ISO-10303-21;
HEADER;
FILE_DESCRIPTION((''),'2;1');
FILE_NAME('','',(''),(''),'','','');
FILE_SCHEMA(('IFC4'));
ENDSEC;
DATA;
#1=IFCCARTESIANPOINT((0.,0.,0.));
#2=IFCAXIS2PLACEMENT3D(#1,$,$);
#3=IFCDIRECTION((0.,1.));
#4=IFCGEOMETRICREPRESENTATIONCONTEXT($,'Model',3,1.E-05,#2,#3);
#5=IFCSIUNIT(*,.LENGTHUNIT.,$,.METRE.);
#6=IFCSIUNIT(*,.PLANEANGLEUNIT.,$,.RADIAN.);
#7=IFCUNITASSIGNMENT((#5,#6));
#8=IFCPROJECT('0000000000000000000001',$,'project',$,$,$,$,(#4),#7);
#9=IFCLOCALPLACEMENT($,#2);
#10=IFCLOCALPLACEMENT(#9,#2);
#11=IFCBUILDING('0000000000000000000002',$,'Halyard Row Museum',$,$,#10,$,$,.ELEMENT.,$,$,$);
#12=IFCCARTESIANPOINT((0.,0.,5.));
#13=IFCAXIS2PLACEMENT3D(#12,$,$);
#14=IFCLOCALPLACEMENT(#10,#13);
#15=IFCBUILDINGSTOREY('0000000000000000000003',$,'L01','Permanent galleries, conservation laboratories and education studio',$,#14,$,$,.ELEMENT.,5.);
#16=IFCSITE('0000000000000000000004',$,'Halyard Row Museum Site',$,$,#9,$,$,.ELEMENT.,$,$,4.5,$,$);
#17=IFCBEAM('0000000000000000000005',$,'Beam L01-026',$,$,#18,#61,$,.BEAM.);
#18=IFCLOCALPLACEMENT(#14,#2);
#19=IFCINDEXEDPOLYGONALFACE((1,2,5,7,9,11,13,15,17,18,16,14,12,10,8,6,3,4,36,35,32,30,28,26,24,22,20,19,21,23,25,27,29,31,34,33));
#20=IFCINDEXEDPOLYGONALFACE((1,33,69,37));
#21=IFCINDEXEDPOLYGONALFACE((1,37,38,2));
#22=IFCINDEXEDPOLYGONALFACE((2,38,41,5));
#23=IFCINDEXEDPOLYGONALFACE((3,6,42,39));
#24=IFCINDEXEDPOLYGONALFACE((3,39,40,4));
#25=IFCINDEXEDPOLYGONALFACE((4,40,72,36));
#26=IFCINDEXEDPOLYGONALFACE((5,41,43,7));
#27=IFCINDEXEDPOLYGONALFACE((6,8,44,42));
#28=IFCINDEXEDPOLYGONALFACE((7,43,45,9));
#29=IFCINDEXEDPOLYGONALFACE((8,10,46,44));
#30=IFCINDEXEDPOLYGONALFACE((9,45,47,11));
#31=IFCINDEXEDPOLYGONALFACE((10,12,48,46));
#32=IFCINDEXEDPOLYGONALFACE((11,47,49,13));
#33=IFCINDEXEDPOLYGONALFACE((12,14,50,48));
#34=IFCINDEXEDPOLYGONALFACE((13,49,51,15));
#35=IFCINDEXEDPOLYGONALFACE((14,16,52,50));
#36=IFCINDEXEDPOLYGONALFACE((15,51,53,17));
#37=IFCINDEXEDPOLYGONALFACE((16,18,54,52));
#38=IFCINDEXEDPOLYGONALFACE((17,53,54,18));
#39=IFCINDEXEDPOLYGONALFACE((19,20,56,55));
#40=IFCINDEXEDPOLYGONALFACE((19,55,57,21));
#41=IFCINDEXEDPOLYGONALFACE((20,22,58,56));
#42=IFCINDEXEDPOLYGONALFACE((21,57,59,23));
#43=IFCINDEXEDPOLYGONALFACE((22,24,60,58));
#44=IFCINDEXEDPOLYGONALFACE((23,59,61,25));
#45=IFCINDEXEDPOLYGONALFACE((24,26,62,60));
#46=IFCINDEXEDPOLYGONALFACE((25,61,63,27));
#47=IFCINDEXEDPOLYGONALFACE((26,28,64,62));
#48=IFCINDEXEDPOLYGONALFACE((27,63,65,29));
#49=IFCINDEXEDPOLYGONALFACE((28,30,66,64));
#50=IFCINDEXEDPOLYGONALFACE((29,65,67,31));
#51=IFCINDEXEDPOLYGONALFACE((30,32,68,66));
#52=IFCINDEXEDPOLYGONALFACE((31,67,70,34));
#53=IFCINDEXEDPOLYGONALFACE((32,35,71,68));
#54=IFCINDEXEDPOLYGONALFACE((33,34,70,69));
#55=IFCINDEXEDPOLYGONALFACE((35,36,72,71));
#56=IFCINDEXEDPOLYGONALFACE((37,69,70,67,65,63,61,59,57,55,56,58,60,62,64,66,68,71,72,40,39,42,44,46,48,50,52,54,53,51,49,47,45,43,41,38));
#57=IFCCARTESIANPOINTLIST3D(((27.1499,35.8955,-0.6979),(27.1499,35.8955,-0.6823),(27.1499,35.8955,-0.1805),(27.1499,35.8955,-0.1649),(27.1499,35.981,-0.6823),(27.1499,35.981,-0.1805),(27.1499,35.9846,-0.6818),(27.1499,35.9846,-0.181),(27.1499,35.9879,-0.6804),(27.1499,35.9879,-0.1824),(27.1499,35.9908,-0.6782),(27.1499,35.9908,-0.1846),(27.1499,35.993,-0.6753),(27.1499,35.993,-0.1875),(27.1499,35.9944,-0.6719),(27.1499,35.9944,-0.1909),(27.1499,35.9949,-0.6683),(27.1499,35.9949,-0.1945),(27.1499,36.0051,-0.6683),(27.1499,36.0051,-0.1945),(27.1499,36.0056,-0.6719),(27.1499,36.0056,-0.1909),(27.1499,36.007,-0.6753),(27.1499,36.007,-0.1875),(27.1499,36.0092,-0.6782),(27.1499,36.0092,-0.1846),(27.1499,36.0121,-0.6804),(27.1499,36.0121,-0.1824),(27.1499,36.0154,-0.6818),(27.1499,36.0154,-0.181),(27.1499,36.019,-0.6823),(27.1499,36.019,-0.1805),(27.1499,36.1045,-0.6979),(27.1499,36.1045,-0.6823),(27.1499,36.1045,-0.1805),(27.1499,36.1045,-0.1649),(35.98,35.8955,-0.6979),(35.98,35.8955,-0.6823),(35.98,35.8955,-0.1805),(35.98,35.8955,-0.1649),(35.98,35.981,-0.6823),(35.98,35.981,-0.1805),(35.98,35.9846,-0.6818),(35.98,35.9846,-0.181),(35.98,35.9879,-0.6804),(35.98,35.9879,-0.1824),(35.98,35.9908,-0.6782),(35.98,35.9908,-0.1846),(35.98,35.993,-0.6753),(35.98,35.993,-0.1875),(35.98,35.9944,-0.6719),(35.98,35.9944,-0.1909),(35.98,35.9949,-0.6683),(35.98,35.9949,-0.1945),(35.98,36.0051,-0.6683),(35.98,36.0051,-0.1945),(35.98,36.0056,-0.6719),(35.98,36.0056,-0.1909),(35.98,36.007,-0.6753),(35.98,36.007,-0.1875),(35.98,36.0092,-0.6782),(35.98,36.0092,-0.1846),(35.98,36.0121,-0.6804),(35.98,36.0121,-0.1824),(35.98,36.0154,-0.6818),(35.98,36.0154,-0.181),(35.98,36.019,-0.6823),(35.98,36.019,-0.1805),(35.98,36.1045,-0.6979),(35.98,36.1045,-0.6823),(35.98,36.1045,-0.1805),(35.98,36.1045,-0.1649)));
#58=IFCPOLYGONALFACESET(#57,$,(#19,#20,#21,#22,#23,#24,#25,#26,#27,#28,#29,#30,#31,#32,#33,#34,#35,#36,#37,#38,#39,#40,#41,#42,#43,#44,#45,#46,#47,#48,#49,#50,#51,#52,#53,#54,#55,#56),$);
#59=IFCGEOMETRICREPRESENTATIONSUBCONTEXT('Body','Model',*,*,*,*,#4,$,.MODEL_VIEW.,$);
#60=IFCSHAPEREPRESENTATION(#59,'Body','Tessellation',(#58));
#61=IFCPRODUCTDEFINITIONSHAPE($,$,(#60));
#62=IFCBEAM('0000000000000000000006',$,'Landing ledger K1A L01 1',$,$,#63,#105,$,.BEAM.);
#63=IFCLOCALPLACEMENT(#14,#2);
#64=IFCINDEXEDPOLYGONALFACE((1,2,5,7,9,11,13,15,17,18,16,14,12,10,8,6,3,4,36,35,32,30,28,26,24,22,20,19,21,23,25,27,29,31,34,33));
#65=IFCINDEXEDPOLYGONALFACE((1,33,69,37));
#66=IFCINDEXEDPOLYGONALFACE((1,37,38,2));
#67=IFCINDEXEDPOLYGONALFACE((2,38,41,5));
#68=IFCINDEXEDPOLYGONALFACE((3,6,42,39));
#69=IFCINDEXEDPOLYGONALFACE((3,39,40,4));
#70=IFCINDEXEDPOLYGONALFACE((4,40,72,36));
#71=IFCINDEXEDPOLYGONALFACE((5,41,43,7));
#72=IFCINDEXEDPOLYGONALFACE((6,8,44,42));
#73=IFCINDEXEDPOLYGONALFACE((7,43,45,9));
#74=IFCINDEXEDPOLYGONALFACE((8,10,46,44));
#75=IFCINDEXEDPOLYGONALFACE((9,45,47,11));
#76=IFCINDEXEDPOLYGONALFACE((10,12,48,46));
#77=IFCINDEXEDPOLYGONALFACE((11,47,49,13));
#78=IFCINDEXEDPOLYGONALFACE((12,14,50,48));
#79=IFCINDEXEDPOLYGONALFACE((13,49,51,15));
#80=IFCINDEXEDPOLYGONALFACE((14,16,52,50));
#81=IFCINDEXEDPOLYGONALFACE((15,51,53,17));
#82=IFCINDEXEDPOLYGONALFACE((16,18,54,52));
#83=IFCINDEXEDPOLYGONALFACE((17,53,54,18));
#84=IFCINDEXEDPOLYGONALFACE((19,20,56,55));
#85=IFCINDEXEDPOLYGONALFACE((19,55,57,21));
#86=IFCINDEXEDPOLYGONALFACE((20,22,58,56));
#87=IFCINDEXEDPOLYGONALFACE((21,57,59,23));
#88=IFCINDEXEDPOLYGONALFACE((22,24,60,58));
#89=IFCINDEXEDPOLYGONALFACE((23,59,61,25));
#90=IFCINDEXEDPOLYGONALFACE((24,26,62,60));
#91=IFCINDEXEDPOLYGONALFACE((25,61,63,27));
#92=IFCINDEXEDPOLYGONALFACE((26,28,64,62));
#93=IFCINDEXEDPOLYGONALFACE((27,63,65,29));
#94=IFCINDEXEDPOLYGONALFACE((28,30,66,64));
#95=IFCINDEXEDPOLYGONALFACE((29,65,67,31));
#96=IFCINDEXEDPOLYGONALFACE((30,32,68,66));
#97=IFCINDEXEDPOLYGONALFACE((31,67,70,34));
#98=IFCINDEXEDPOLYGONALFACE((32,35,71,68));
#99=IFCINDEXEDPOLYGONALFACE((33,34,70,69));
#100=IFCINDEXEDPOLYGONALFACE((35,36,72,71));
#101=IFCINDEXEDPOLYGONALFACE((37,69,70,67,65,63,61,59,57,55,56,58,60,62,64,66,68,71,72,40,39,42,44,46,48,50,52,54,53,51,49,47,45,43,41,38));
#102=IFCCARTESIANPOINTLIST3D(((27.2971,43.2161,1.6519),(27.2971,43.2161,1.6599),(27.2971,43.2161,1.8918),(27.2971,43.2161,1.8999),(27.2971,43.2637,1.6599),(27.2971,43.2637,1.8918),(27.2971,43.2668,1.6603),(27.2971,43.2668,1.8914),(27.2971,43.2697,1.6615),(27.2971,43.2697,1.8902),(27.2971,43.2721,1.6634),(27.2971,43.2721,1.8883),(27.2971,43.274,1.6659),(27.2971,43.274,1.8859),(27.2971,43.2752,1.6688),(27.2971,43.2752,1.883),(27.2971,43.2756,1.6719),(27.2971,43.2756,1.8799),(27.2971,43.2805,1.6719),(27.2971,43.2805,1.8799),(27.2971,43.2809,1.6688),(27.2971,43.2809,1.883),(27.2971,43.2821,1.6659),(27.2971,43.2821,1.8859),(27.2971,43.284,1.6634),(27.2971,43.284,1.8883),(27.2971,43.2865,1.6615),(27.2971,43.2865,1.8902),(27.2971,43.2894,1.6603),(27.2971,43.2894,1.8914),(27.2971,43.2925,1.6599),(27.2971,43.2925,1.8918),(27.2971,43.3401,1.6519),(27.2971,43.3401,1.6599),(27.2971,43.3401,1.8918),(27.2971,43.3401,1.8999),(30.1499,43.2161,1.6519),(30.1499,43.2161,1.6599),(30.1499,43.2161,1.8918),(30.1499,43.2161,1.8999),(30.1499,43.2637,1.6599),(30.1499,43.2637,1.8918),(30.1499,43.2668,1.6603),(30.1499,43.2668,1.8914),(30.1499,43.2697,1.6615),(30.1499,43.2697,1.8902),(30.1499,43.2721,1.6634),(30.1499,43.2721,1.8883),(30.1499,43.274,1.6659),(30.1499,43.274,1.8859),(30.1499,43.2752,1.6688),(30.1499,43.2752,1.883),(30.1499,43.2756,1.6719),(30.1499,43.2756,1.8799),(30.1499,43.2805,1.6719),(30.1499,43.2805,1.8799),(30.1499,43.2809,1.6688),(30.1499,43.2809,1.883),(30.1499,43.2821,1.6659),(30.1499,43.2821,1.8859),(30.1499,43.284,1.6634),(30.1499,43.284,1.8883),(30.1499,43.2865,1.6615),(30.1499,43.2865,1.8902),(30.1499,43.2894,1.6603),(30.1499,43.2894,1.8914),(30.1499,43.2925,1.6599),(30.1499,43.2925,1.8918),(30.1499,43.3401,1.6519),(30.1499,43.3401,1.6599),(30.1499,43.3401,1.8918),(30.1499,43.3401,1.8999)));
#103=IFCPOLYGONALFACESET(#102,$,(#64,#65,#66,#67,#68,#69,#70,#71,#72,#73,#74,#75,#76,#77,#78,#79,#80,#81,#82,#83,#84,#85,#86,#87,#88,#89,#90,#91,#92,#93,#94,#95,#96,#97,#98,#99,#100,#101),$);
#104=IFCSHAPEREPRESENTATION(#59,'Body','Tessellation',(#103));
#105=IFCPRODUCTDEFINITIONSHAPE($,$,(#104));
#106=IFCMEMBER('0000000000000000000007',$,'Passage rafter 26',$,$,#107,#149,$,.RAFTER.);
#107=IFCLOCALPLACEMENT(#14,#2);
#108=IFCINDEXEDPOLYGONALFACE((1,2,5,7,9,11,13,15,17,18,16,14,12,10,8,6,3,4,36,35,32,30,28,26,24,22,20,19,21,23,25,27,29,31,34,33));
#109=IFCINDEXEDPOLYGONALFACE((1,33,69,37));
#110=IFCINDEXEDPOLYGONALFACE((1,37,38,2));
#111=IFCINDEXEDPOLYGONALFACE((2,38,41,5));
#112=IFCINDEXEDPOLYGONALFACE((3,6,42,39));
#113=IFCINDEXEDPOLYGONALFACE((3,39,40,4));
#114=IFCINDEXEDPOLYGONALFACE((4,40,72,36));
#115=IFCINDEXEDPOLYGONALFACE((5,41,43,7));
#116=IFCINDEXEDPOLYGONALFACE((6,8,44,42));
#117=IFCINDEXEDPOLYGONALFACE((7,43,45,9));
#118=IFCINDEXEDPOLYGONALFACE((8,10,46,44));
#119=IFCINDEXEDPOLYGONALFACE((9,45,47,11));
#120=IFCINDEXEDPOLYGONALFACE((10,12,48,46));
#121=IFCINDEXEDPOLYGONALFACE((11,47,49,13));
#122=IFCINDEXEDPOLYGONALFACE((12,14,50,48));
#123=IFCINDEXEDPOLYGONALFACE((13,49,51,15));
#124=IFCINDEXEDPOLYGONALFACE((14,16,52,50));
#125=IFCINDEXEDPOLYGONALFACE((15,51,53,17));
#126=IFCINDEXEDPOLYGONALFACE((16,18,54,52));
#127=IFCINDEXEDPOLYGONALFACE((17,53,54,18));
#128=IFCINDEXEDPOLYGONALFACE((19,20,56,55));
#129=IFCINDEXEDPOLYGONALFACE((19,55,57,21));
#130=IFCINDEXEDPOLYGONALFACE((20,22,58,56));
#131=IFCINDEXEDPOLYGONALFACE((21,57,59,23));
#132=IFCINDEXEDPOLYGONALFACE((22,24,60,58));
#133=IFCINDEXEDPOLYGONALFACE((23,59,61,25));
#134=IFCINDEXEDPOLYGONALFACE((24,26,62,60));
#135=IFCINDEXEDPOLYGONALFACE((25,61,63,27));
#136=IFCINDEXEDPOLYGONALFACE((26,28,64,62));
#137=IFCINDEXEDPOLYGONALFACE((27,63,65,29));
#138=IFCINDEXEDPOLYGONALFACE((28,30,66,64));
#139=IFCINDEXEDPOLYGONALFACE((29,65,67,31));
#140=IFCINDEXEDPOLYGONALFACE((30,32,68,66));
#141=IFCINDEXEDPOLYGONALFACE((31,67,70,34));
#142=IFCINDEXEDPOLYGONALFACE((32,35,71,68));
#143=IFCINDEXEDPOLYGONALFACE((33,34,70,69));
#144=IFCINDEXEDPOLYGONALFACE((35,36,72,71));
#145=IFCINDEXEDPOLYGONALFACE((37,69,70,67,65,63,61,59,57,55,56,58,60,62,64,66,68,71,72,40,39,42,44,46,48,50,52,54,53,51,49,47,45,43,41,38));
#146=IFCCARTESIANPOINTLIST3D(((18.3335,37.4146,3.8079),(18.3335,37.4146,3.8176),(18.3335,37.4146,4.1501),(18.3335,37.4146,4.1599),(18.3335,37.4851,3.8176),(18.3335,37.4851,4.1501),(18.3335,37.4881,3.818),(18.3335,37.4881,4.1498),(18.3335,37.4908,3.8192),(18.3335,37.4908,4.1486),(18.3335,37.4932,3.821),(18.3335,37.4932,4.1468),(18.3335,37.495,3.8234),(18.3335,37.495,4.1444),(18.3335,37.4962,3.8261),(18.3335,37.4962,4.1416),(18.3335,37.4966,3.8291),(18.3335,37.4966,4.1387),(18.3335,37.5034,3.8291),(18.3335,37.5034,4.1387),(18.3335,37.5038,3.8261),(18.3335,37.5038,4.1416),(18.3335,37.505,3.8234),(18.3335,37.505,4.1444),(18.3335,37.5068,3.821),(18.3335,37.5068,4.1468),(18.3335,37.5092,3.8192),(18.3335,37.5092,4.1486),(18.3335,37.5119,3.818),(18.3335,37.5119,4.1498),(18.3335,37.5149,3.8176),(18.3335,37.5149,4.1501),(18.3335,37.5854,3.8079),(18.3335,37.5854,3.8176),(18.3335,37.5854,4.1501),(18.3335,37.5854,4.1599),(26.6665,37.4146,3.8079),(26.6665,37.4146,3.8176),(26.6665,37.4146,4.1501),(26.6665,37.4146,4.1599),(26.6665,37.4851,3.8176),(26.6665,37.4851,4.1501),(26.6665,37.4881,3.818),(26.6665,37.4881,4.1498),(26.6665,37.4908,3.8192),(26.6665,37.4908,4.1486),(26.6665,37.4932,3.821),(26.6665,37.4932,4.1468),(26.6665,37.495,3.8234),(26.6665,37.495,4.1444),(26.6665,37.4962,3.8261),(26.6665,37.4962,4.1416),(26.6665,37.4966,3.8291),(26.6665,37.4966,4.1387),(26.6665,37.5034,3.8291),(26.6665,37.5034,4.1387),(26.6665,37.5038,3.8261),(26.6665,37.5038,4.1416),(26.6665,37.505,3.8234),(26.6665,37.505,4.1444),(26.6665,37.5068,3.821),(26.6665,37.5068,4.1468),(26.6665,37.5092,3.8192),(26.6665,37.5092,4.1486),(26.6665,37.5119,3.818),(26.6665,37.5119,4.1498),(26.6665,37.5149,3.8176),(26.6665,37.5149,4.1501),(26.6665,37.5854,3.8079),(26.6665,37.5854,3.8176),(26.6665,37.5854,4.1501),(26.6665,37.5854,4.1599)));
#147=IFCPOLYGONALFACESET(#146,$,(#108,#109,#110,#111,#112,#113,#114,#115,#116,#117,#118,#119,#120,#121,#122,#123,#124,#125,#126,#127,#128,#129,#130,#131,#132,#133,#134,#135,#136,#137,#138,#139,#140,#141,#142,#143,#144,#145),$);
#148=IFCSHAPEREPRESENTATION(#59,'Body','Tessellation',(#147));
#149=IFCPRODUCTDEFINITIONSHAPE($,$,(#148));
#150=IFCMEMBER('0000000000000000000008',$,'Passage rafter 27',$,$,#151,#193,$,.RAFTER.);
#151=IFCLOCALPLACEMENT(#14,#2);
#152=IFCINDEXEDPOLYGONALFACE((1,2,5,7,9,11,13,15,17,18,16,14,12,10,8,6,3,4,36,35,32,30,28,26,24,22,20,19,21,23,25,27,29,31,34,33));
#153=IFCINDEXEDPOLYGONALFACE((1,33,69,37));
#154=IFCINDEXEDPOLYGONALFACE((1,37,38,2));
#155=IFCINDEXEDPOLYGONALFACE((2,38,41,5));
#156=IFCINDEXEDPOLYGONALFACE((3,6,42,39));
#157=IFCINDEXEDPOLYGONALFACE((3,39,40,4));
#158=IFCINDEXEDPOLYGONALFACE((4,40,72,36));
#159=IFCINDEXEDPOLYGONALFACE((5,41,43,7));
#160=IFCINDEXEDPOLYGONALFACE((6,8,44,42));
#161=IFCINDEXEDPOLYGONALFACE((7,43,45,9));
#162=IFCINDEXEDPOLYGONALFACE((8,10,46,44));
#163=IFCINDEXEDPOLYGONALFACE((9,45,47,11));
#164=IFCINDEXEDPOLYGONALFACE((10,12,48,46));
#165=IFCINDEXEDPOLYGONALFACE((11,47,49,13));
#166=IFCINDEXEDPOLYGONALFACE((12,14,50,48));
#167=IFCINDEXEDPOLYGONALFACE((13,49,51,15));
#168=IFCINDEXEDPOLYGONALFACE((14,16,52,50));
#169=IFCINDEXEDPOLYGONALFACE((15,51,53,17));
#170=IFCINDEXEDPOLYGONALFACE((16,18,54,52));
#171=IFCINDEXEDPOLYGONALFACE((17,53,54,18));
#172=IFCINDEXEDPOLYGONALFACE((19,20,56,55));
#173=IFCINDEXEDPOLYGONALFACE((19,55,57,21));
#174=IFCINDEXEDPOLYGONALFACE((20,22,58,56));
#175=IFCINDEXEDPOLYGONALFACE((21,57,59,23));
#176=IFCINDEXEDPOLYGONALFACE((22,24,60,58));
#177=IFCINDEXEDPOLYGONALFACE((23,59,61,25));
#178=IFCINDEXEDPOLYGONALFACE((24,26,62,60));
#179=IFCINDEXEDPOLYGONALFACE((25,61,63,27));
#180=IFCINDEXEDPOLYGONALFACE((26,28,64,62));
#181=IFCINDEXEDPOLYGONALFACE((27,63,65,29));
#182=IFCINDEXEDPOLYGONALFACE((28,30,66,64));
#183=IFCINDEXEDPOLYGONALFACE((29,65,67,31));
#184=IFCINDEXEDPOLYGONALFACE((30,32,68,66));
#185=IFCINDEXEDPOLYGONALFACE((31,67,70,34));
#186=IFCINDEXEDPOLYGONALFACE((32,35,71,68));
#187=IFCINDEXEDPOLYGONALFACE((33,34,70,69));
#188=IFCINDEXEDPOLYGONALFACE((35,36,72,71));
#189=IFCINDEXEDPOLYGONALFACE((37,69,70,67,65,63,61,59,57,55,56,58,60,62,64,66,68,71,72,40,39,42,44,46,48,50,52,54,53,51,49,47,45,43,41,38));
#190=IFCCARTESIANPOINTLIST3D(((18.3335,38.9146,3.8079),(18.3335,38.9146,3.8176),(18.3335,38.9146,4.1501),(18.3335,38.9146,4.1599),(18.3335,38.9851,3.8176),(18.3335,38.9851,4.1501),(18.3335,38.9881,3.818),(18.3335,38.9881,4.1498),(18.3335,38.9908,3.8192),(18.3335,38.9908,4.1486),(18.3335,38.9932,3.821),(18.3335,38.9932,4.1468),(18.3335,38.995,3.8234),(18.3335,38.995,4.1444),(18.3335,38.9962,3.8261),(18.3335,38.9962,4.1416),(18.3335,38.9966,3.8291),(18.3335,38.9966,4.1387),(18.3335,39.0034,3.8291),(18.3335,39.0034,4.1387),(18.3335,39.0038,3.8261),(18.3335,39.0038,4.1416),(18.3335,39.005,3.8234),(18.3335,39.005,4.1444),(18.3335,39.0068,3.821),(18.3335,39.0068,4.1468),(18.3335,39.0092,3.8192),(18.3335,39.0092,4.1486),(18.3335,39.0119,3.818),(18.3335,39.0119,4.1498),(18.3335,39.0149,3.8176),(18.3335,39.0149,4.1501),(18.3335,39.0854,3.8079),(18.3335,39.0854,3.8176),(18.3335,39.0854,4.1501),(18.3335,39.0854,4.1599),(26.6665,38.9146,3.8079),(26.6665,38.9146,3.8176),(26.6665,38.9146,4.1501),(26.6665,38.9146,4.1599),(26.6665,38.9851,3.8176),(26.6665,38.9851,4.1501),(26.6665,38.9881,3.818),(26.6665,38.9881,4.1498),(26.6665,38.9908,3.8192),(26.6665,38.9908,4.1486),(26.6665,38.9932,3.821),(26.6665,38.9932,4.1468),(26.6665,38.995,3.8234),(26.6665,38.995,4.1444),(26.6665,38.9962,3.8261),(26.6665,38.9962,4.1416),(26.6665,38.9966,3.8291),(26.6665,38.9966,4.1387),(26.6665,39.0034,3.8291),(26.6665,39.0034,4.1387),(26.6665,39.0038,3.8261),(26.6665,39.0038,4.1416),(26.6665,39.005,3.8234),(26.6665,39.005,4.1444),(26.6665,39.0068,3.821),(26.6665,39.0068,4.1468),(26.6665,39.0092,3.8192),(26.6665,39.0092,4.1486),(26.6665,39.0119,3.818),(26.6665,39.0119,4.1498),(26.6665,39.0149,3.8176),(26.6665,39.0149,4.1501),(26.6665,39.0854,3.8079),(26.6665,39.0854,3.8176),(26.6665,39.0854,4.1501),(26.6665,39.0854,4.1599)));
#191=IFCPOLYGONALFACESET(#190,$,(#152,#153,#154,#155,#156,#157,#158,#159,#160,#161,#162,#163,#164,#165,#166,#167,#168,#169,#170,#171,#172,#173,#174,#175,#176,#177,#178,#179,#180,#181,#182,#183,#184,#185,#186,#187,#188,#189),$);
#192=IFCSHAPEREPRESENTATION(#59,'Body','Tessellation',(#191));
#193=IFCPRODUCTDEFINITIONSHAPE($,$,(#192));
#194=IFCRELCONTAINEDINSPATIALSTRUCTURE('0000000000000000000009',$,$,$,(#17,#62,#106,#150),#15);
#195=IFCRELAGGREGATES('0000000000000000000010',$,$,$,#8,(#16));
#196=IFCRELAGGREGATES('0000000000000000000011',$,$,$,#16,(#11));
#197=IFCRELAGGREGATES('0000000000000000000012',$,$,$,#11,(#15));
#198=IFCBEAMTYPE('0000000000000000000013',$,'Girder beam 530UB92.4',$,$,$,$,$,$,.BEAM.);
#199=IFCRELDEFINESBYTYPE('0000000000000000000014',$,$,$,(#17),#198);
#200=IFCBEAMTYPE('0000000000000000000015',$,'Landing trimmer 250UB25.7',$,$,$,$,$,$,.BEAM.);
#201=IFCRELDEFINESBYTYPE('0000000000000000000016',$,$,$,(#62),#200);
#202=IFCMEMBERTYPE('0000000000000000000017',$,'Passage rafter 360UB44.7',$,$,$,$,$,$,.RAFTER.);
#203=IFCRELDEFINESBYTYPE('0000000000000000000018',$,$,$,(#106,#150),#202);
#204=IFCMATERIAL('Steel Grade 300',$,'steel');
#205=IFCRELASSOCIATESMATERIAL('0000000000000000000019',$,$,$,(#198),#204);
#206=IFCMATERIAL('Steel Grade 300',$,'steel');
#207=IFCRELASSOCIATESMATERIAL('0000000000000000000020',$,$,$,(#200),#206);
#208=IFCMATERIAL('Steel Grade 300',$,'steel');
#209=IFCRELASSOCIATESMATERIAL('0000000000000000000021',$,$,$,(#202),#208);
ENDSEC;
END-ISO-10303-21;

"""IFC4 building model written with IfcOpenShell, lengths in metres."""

from ifc_helpers import new_model, si_unit, direction, frame, origin, origin_2d, place, context, subcontext, project, spatial, i_section, extrude, material, material_profile, profile_set, type_object, element, save


model = new_model("IFC4")

# Units and contexts
model_context = context("Model", 3, precision=1e-05, world=origin(), true_north=direction((0.0, 1.0)))
body_context = subcontext(model_context, "Body", "Model", "MODEL_VIEW")
ifc_project = project(units=[si_unit("LENGTHUNIT", "METRE"), si_unit("PLANEANGLEUNIT", "RADIAN")], contexts=[model_context])

# Site, building, storey
site_placement = place(None, origin())
site = spatial("IfcSite", under=ifc_project, at=site_placement, Name="Halyard Row Museum Site", CompositionType="ELEMENT", RefElevation=4.5)
building_placement = place(site_placement, origin())
building = spatial("IfcBuilding", under=site, at=building_placement, Name="Halyard Row Museum", CompositionType="ELEMENT")
storey_placement = place(building_placement, frame((0.0, 0.0, 5.0)))
storey = spatial("IfcBuildingStorey", under=building, at=storey_placement, Name="L01", Description="Permanent galleries, conservation laboratories and education studio", CompositionType="ELEMENT", Elevation=5.0)

# Beams
ifc_material_1 = material(Name="Steel Grade 300", Category="steel")
ifc_material_profile_1 = material_profile(ifc_material_1, i_section(OverallWidth=0.209, OverallDepth=0.533, WebThickness=0.0103, FlangeThickness=0.0156, FilletRadius=0.0139, at=origin_2d()), Name="530UB92.4")
ifc_profile_set_1 = profile_set([ifc_material_profile_1], Name="Steel Grade 300")
beam_type_1 = type_object("IfcBeamType", Name="Girder beam 530UB92.4", PredefinedType="BEAM", material=ifc_profile_set_1)
beam_1_placement = place(storey_placement, frame((27.1499, 36.0, -0.4314), z_axis=(1.0, 0.0, 0.0), x_axis=(0.0, 1.0, 0.0)))
element("IfcBeam", 1, at=beam_1_placement, inside=storey, type_object=beam_type_1, Name="Beam L01-026", PredefinedType="BEAM", context=body_context, shape_type="SweptSolid", body=[
    extrude(i_section(OverallWidth=0.209, OverallDepth=0.533, WebThickness=0.0103, FlangeThickness=0.0156, FilletRadius=0.0139, at=origin_2d()), origin(), (0.0, 0.0, 1.0), 8.8301),
])
ifc_material_2 = material(Name="Steel Grade 300", Category="steel")
ifc_material_profile_2 = material_profile(ifc_material_2, i_section(OverallWidth=0.124, OverallDepth=0.248, WebThickness=0.0049, FlangeThickness=0.0081, FilletRadius=0.012, at=origin_2d()), Name="250UB25.7")
ifc_profile_set_2 = profile_set([ifc_material_profile_2], Name="Steel Grade 300")
beam_type_2 = type_object("IfcBeamType", Name="Landing trimmer 250UB25.7", PredefinedType="BEAM", material=ifc_profile_set_2)
beam_2_placement = place(storey_placement, frame((27.2971, 43.2781, 1.7759), z_axis=(1.0, 0.0, 0.0), x_axis=(0.0, 1.0, 0.0)))
element("IfcBeam", 2, at=beam_2_placement, inside=storey, type_object=beam_type_2, Name="Landing ledger K1A L01 1", PredefinedType="BEAM", context=body_context, shape_type="SweptSolid", body=[
    extrude(i_section(OverallWidth=0.124, OverallDepth=0.248, WebThickness=0.0049, FlangeThickness=0.0081, FilletRadius=0.012, at=origin_2d()), origin(), (0.0, 0.0, 1.0), 2.8528),
])

# Members
ifc_material_3 = material(Name="Steel Grade 300", Category="steel")
ifc_material_profile_3 = material_profile(ifc_material_3, i_section(OverallWidth=0.1709, OverallDepth=0.3521, WebThickness=0.0068, FlangeThickness=0.0098, FilletRadius=0.0115, at=origin_2d()), Name="360UB44.7")
ifc_profile_set_3 = profile_set([ifc_material_profile_3], Name="Steel Grade 300")
member_type_1 = type_object("IfcMemberType", Name="Passage rafter 360UB44.7", PredefinedType="RAFTER", material=ifc_profile_set_3)
for number, where, z_axis, x_axis, name in (
    (3, (18.3335, 37.5, 3.9839), (1.0, 0.0, 0.0), (0.0, 1.0, 0.0), "Passage rafter 26"),
    (4, (18.3335, 39.0, 3.9839), (1.0, 0.0, 0.0), (0.0, 1.0, 0.0), "Passage rafter 27"),
):
    element("IfcMember", number, at=place(storey_placement, frame(where, z_axis=z_axis, x_axis=x_axis)), inside=storey, type_object=member_type_1, Name=name, PredefinedType="RAFTER", context=body_context, shape_type="SweptSolid", body=[
        extrude(i_section(OverallWidth=0.1709, OverallDepth=0.3521, WebThickness=0.0068, FlangeThickness=0.0098, FilletRadius=0.0115, at=origin_2d()), origin(), (0.0, 0.0, 1.0), 8.333),
    ])

save(model, "model.ifc")
